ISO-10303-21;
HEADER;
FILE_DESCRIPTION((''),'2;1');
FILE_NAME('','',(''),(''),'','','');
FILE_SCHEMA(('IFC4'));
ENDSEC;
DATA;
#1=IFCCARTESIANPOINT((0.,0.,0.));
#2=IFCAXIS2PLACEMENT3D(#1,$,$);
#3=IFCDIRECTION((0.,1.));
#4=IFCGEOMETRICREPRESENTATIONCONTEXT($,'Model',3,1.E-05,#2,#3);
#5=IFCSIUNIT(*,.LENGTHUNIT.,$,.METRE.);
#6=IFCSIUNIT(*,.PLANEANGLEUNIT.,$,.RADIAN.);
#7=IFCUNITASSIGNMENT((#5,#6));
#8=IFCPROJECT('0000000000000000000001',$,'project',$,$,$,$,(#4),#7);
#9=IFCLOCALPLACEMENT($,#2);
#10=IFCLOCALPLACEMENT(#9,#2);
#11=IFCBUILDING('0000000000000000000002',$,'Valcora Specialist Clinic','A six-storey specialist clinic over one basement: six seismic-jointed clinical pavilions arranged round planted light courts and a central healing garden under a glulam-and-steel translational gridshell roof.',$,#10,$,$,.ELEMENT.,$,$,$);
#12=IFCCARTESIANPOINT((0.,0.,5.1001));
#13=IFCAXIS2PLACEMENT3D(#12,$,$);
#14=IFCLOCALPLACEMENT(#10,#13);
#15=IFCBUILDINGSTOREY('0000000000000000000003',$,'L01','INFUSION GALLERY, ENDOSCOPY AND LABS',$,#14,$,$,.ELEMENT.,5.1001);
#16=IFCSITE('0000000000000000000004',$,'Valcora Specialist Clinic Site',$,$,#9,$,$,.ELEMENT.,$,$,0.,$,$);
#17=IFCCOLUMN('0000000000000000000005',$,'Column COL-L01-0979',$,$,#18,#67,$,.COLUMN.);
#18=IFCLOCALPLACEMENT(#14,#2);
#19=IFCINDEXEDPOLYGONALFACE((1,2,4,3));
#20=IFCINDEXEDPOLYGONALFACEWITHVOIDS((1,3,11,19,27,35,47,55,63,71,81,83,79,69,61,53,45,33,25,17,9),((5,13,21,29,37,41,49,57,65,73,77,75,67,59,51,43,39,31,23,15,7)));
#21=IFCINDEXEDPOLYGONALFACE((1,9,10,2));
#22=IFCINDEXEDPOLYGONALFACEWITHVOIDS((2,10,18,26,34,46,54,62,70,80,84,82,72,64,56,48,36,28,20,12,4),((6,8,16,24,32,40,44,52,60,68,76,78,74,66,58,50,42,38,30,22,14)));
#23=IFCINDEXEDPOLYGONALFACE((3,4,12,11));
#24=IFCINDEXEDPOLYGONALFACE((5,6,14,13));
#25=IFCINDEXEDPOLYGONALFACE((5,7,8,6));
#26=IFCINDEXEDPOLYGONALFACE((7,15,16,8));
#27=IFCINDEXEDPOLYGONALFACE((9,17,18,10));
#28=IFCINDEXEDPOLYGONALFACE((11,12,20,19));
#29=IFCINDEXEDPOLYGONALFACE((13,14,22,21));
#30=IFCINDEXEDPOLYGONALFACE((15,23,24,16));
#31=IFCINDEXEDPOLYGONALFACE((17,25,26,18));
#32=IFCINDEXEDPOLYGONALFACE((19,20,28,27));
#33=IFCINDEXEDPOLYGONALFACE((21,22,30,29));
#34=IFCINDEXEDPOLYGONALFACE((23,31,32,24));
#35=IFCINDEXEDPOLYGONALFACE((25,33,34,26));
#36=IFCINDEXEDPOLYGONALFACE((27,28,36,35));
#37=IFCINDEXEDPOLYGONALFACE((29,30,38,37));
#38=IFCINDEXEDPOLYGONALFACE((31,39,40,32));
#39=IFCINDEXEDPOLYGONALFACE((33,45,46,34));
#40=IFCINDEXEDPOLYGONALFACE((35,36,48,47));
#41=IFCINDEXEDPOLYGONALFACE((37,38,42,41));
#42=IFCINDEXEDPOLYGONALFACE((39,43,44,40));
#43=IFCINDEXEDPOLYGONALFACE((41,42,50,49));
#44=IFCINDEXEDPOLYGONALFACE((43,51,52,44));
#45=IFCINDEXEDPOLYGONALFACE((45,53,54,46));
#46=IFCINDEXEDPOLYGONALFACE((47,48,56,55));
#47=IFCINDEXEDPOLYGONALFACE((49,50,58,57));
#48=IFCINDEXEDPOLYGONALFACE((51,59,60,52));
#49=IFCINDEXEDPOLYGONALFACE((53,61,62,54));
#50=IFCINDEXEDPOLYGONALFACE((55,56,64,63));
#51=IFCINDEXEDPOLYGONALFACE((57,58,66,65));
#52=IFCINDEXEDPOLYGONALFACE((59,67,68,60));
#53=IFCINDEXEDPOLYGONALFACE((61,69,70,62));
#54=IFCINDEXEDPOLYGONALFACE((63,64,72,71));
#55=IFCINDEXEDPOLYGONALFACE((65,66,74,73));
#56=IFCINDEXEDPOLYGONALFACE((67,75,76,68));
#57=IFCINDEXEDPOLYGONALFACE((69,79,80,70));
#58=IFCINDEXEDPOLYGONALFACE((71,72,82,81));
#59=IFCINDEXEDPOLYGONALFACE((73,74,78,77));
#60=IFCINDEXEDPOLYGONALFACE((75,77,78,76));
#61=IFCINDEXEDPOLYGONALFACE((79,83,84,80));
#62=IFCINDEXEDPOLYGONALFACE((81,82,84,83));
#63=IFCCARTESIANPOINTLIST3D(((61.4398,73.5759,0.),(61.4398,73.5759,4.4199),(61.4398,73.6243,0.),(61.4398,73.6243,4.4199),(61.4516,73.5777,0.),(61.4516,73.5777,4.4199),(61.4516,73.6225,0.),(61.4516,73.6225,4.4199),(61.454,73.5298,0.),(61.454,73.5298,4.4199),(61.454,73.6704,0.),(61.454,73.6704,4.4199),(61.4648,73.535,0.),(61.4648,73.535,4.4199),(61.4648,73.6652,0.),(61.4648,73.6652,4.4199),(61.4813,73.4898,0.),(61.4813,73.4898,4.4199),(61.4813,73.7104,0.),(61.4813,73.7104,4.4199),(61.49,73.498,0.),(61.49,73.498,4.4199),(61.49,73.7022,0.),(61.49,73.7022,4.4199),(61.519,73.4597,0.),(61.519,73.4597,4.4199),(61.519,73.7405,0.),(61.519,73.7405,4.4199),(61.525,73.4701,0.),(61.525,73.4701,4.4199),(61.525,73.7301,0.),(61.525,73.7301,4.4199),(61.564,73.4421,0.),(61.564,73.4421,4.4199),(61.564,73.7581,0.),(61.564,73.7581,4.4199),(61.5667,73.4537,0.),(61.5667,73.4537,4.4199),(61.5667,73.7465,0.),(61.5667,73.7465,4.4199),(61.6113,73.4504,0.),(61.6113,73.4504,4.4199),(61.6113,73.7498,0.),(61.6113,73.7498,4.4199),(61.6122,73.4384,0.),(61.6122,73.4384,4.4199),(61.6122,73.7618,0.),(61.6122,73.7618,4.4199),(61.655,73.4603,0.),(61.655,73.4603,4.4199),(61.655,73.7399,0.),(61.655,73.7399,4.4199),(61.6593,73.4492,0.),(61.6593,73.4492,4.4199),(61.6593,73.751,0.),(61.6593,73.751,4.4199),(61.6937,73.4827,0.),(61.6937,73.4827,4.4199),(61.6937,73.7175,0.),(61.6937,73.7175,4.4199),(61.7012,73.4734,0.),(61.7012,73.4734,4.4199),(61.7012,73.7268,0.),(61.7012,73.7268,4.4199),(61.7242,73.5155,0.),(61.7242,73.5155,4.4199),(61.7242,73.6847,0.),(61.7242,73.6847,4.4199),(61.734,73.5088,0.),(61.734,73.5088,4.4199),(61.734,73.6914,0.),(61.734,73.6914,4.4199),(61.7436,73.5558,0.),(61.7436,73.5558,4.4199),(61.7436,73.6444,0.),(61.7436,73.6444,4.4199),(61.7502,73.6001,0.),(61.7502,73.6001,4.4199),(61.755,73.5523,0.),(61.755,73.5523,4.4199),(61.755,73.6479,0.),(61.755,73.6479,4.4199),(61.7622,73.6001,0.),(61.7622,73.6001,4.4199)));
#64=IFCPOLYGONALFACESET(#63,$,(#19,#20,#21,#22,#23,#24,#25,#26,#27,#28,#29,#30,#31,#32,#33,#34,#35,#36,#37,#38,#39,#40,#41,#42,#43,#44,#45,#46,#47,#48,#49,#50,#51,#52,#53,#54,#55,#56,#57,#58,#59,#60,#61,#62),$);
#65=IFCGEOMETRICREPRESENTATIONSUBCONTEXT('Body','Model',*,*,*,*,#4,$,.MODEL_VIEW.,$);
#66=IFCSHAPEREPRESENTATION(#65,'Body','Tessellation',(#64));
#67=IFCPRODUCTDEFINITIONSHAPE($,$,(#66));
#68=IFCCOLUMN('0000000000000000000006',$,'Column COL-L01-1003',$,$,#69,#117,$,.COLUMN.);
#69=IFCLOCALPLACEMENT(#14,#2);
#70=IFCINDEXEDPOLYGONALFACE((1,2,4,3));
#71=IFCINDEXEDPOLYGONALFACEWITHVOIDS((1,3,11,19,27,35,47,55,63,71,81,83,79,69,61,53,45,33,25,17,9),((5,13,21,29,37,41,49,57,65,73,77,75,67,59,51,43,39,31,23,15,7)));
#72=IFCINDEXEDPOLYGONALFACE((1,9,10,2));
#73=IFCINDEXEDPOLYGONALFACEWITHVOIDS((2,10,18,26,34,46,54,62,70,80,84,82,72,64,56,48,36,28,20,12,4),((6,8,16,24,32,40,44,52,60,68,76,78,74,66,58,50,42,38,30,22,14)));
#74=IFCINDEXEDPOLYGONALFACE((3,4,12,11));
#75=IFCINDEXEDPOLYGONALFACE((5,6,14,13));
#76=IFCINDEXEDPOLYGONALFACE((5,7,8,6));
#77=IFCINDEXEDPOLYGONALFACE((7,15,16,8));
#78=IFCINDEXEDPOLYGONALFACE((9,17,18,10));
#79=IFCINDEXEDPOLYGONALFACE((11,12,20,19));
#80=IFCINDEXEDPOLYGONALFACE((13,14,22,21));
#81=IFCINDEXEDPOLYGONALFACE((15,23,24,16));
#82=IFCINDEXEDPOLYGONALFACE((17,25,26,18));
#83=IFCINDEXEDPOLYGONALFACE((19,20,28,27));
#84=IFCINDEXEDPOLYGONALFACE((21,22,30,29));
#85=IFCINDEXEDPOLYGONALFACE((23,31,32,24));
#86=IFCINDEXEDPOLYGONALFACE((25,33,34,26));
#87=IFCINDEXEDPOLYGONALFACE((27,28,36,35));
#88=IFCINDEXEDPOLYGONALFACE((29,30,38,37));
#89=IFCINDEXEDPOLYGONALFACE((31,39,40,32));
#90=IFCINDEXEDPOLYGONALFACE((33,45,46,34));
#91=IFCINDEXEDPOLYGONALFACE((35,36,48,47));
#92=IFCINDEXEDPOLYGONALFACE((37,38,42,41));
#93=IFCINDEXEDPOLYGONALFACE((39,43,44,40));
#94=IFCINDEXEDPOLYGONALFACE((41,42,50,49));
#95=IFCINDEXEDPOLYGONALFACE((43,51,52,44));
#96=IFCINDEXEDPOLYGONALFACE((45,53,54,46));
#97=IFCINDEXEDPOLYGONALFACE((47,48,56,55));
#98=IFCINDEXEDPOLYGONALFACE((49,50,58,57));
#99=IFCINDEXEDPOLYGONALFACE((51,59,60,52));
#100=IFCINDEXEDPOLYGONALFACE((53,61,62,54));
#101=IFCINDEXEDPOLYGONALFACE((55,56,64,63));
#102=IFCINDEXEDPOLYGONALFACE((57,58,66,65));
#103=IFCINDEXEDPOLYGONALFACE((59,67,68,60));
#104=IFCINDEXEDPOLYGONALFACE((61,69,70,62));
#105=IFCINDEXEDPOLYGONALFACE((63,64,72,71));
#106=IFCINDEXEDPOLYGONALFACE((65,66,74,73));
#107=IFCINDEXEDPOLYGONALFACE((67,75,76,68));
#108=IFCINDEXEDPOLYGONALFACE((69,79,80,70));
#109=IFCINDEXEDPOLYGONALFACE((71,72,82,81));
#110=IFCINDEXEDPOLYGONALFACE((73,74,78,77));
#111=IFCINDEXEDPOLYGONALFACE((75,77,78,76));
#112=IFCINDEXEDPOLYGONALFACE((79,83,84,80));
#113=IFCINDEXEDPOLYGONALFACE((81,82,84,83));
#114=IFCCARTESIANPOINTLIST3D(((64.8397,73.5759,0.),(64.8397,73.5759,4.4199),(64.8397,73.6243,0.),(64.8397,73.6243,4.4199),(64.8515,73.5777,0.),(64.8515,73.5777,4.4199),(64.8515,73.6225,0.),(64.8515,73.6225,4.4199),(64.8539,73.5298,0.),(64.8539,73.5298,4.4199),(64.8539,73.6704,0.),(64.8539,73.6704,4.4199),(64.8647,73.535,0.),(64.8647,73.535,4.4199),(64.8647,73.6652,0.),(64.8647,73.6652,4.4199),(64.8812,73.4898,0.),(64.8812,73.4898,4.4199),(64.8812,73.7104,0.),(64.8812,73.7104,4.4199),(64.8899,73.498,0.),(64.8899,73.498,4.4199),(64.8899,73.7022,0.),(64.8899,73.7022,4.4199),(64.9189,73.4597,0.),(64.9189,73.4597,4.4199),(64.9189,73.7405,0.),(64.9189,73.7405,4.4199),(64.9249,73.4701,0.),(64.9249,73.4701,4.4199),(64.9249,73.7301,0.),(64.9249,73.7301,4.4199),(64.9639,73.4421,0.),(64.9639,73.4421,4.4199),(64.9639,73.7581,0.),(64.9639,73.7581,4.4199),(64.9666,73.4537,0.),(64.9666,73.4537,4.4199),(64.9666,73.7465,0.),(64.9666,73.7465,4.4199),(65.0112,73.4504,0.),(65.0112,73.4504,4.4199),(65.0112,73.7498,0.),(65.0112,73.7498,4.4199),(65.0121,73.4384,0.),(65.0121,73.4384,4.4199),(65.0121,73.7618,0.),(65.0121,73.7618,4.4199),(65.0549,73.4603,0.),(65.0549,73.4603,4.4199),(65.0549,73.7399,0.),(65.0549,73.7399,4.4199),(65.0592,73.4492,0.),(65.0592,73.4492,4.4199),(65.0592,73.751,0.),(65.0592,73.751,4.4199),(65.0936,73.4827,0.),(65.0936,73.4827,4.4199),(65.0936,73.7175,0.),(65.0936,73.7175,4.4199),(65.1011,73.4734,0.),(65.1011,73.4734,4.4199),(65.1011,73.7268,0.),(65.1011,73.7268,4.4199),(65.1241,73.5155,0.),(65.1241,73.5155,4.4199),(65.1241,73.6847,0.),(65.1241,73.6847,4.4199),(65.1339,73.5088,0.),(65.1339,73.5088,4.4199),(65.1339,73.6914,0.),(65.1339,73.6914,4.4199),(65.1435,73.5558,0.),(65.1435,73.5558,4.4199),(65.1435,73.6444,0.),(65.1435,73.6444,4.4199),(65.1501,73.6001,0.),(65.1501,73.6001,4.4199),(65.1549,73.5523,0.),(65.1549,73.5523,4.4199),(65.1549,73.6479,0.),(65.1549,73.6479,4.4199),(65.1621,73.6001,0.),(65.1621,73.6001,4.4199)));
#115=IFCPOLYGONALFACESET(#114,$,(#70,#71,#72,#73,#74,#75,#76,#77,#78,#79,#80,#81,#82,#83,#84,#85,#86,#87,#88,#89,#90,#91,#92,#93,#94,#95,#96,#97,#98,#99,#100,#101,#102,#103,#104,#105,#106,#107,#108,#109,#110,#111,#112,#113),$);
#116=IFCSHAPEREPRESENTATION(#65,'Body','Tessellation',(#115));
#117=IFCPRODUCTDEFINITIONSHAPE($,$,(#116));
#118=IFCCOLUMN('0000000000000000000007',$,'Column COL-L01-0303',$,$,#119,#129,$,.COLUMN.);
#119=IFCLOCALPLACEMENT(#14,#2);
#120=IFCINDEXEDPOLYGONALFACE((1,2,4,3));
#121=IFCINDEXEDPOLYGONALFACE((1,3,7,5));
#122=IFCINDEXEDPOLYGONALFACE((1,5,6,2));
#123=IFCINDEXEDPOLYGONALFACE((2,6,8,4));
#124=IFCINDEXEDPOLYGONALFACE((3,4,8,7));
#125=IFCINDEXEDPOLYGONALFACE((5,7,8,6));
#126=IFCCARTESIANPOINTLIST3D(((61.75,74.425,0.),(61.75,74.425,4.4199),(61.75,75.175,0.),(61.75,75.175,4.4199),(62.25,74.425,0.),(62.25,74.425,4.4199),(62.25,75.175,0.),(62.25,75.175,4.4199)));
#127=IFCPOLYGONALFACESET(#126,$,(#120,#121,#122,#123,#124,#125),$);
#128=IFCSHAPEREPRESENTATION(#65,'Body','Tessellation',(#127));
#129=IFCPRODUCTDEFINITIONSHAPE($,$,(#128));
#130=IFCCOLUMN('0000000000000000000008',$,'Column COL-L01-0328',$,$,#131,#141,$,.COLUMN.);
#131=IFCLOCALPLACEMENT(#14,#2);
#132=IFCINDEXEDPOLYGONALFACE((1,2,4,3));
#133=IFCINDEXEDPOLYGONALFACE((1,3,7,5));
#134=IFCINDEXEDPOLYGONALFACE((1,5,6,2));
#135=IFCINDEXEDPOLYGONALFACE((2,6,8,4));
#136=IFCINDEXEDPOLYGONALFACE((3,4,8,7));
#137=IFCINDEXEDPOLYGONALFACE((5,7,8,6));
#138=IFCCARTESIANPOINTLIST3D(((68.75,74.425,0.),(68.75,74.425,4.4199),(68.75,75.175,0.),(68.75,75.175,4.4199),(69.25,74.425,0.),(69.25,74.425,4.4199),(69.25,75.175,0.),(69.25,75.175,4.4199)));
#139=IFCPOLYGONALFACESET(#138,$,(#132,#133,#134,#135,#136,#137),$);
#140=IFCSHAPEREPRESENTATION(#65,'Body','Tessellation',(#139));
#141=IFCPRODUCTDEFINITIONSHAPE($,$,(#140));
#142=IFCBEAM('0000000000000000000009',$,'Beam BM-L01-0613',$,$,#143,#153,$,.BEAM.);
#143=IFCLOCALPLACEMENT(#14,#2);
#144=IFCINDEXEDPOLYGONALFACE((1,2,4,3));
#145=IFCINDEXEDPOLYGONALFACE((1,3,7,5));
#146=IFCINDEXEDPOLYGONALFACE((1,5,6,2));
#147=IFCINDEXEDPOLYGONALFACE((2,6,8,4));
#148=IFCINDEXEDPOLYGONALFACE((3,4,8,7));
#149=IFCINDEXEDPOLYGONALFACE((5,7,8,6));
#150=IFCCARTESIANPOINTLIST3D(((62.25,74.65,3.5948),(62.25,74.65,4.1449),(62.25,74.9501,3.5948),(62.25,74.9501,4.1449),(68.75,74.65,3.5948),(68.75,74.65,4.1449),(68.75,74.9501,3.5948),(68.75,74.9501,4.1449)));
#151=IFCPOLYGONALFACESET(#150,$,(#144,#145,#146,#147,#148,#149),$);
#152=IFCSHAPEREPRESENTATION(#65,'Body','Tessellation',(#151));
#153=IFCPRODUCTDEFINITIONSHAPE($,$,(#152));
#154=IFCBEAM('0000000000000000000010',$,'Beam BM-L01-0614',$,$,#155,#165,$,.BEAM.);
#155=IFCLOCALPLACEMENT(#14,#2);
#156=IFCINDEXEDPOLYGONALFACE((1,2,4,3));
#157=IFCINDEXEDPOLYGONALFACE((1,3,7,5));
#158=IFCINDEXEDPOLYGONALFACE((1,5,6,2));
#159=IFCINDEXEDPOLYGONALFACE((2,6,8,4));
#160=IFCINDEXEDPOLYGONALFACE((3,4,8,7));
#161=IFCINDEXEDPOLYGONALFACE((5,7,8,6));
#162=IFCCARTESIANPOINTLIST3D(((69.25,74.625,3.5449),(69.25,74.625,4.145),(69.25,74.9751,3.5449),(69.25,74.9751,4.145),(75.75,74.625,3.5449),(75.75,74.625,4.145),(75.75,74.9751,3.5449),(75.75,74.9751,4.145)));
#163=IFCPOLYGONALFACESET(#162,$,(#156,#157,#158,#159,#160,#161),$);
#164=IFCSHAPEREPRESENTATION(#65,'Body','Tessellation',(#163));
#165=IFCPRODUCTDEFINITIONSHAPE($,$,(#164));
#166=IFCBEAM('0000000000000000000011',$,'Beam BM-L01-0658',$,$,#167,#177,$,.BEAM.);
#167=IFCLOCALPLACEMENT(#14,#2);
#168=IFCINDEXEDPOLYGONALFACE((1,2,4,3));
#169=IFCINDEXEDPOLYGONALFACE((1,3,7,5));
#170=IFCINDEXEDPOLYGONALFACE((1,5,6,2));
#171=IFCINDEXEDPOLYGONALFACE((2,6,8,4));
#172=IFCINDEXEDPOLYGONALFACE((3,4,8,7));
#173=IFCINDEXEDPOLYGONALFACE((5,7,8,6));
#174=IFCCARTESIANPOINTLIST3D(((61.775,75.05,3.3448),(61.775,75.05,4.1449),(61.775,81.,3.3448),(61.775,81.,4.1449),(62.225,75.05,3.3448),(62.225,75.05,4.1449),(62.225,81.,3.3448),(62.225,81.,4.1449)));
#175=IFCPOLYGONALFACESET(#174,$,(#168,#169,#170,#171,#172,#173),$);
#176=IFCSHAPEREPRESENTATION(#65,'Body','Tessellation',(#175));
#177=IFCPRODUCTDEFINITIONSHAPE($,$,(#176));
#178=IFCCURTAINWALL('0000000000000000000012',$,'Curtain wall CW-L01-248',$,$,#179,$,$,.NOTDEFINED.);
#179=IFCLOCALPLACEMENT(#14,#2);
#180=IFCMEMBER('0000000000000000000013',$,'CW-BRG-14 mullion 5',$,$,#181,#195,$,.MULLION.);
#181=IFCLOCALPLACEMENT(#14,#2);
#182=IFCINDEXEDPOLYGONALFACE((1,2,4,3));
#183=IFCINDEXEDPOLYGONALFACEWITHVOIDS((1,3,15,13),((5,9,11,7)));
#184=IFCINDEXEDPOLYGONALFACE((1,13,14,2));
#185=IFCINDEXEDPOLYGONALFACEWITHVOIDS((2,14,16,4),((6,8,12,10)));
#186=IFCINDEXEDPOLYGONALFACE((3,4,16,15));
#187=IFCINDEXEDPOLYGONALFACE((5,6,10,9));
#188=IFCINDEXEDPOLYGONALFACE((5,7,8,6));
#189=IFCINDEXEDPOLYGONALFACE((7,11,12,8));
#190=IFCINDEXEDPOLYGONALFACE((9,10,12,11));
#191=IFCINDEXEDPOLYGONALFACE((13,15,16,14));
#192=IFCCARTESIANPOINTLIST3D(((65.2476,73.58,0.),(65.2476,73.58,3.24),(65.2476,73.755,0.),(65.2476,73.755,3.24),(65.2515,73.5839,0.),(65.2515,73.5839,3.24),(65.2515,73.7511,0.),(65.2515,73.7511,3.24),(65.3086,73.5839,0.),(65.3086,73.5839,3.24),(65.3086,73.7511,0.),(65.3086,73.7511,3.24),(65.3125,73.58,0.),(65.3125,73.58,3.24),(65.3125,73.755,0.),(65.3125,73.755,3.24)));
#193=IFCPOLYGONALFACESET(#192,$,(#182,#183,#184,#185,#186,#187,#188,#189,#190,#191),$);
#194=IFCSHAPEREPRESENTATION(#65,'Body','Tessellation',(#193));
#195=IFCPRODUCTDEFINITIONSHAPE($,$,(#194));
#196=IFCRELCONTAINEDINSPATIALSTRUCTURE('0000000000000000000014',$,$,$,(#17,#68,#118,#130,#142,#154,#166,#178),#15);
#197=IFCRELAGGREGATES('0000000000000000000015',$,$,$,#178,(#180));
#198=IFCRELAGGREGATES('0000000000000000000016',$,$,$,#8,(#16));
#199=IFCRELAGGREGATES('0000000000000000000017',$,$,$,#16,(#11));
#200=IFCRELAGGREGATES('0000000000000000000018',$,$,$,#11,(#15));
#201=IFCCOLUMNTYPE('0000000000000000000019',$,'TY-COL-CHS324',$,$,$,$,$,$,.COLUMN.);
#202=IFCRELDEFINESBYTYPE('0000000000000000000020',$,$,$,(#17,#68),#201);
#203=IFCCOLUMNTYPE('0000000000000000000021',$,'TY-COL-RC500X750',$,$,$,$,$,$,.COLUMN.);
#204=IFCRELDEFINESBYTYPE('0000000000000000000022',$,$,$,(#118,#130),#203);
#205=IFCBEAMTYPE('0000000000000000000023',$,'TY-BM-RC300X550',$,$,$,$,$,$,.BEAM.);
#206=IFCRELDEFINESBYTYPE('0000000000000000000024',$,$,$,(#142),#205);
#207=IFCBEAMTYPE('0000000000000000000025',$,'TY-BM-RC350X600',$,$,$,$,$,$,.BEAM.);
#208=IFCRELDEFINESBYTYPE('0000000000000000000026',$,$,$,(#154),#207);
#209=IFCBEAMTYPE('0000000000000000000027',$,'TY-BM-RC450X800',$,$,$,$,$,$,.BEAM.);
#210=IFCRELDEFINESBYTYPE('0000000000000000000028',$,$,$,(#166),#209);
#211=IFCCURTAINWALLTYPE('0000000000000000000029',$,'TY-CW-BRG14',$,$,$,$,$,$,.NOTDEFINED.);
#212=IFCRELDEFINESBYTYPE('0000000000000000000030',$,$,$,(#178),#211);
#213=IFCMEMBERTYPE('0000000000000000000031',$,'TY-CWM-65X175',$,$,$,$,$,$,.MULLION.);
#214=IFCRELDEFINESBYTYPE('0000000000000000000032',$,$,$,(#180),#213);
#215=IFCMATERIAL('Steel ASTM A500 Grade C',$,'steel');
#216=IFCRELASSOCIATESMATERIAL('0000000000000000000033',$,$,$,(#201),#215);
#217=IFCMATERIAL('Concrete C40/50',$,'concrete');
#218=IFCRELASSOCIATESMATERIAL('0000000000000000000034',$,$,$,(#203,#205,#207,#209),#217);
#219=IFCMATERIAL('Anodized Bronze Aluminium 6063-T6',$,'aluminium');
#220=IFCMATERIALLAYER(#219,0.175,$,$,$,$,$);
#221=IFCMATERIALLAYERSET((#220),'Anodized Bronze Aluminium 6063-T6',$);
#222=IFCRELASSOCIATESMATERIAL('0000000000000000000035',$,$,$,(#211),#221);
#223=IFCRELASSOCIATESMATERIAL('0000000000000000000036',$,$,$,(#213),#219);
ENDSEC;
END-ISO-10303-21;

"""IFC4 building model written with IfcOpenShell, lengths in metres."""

from ifc_helpers import new_model, si_unit, direction, frame, origin, origin_2d, place, context, subcontext, project, spatial, rectangle, hollow_rectangle, hollow_circle, extrude, material, layer, layer_set, material_profile, profile_set, type_object, element, aggregate, save


model = new_model("IFC4")

# Units and contexts
model_context = context("Model", 3, precision=1e-05, world=origin(), true_north=direction((0.0, 1.0)))
body_context = subcontext(model_context, "Body", "Model", "MODEL_VIEW")
ifc_project = project(units=[si_unit("LENGTHUNIT", "METRE"), si_unit("PLANEANGLEUNIT", "RADIAN")], contexts=[model_context])

# Site, building, storey
site_placement = place(None, origin())
site = spatial("IfcSite", under=ifc_project, at=site_placement, Name="Valcora Specialist Clinic Site", CompositionType="ELEMENT", RefElevation=0.0)
building_placement = place(site_placement, origin())
building = spatial("IfcBuilding", under=site, at=building_placement, Name="Valcora Specialist Clinic", Description="A six-storey specialist clinic over one basement: six seismic-jointed clinical pavilions arranged round planted light courts and a central healing garden under a glulam-and-steel translational gridshell roof.", CompositionType="ELEMENT")
storey_placement = place(building_placement, frame((0.0, 0.0, 5.1001)))
storey = spatial("IfcBuildingStorey", under=building, at=storey_placement, Name="L01", Description="INFUSION GALLERY, ENDOSCOPY AND LABS", CompositionType="ELEMENT", Elevation=5.1001)

# Columns
ifc_material_1 = material(Name="Steel ASTM A500 Grade C", Category="steel")
ifc_material_profile_1 = material_profile(ifc_material_1, hollow_circle(Radius=0.1621, WallThickness=0.012, at=origin_2d()), Name="ST-CHS-324X12")
ifc_profile_set_1 = profile_set([ifc_material_profile_1], Name="Steel ASTM A500 Grade C")
column_type_1 = type_object("IfcColumnType", Name="TY-COL-CHS324", PredefinedType="COLUMN", material=ifc_profile_set_1)
for number, where, z_axis, x_axis, name in (
    (1, (61.6001, 73.6001, 0.0), (0.0, 0.0, 1.0), (1.0, 0.0, 0.0), "Column COL-L01-0979"),
    (2, (65.0, 73.6001, 0.0), (0.0, 0.0, 1.0), (1.0, 0.0, 0.0), "Column COL-L01-1003"),
):
    element("IfcColumn", number, at=place(storey_placement, frame(where, z_axis=z_axis, x_axis=x_axis)), inside=storey, type_object=column_type_1, Name=name, PredefinedType="COLUMN", context=body_context, shape_type="SweptSolid", body=[
        extrude(hollow_circle(Radius=0.1621, WallThickness=0.012, at=origin_2d()), origin(), (0.0, 0.0, 1.0), 4.4199),
    ])
ifc_material_2 = material(Name="Concrete C40/50", Category="concrete")
ifc_material_profile_2 = material_profile(ifc_material_2, rectangle(XDim=0.5, YDim=0.75, at=origin_2d()), Name="RC-COL-500X750")
ifc_profile_set_2 = profile_set([ifc_material_profile_2], Name="Concrete C40/50")
column_type_2 = type_object("IfcColumnType", Name="TY-COL-RC500X750", PredefinedType="COLUMN", material=ifc_profile_set_2)
for number, where, z_axis, x_axis, name in (
    (3, (62.0, 74.8, 0.0), (0.0, 0.0, 1.0), (1.0, 0.0, 0.0), "Column COL-L01-0303"),
    (4, (69.0, 74.8, 0.0), (0.0, 0.0, 1.0), (1.0, 0.0, 0.0), "Column COL-L01-0328"),
):
    element("IfcColumn", number, at=place(storey_placement, frame(where, z_axis=z_axis, x_axis=x_axis)), inside=storey, type_object=column_type_2, Name=name, PredefinedType="COLUMN", context=body_context, shape_type="SweptSolid", body=[
        extrude(rectangle(XDim=0.5, YDim=0.75, at=origin_2d()), origin(), (0.0, 0.0, 1.0), 4.4199),
    ])

# Beams
ifc_material_profile_3 = material_profile(ifc_material_2, rectangle(XDim=0.3, YDim=0.55, at=origin_2d()), Name="RC-BM-300X550")
ifc_profile_set_3 = profile_set([ifc_material_profile_3], Name="Concrete C40/50")
beam_type_1 = type_object("IfcBeamType", Name="TY-BM-RC300X550", PredefinedType="BEAM", material=ifc_profile_set_3)
beam_1_placement = place(storey_placement, frame((62.25, 74.8, 3.8699), z_axis=(1.0, 0.0, 0.0), x_axis=(0.0, 1.0, 0.0)))
element("IfcBeam", 5, at=beam_1_placement, inside=storey, type_object=beam_type_1, Name="Beam BM-L01-0613", PredefinedType="BEAM", context=body_context, shape_type="SweptSolid", body=[
    extrude(rectangle(XDim=0.3, YDim=0.55, at=origin_2d()), origin(), (0.0, 0.0, 1.0), 6.5),
])
ifc_material_profile_4 = material_profile(ifc_material_2, rectangle(XDim=0.3501, YDim=0.6001, at=origin_2d()), Name="RC-BM-350X600")
ifc_profile_set_4 = profile_set([ifc_material_profile_4], Name="Concrete C40/50")
beam_type_2 = type_object("IfcBeamType", Name="TY-BM-RC350X600", PredefinedType="BEAM", material=ifc_profile_set_4)
beam_2_placement = place(storey_placement, frame((69.25, 74.8, 3.845), z_axis=(1.0, 0.0, 0.0), x_axis=(0.0, 1.0, 0.0)))
element("IfcBeam", 6, at=beam_2_placement, inside=storey, type_object=beam_type_2, Name="Beam BM-L01-0614", PredefinedType="BEAM", context=body_context, shape_type="SweptSolid", body=[
    extrude(rectangle(XDim=0.3501, YDim=0.6001, at=origin_2d()), origin(), (0.0, 0.0, 1.0), 6.5),
])
ifc_material_profile_5 = material_profile(ifc_material_2, rectangle(XDim=0.45, YDim=0.8, at=origin_2d()), Name="RC-BM-450X800")
ifc_profile_set_5 = profile_set([ifc_material_profile_5], Name="Concrete C40/50")
beam_type_3 = type_object("IfcBeamType", Name="TY-BM-RC450X800", PredefinedType="BEAM", material=ifc_profile_set_5)
beam_3_placement = place(storey_placement, frame((62.0, 75.05, 3.7449), z_axis=(0.0, 1.0, 0.0), x_axis=(-1.0, 0.0, 0.0)))
element("IfcBeam", 7, at=beam_3_placement, inside=storey, type_object=beam_type_3, Name="Beam BM-L01-0658", PredefinedType="BEAM", context=body_context, shape_type="SweptSolid", body=[
    extrude(rectangle(XDim=0.45, YDim=0.8, at=origin_2d()), origin(), (0.0, 0.0, 1.0), 5.95),
])

# Curtain wall, member
ifc_material_3 = material(Name="Anodized Bronze Aluminium 6063-T6", Category="aluminium")
ifc_layer_1 = layer(ifc_material_3, 0.175)
ifc_layer_set_1 = layer_set([ifc_layer_1], Name="Anodized Bronze Aluminium 6063-T6")
curtain_wall_type = type_object("IfcCurtainWallType", Name="TY-CW-BRG14", PredefinedType="NOTDEFINED", material=ifc_layer_set_1)
curtain_wall_placement = place(storey_placement, origin())
curtain_wall = element("IfcCurtainWall", 8, at=curtain_wall_placement, inside=storey, type_object=curtain_wall_type, Name="Curtain wall CW-L01-248", PredefinedType="NOTDEFINED")
ifc_material_profile_6 = material_profile(ifc_material_3, hollow_rectangle(XDim=0.0649, YDim=0.175, WallThickness=0.0039, at=origin_2d()), Name="AL-MUL-65X175")
ifc_profile_set_6 = profile_set([ifc_material_profile_6], Name="Anodized Bronze Aluminium 6063-T6")
member_type_1 = type_object("IfcMemberType", Name="TY-CWM-65X175", PredefinedType="MULLION", material=ifc_profile_set_6)
member_1_placement = place(storey_placement, frame((65.28, 73.6675, 0.0), z_axis=(0.0, 0.0, 1.0), x_axis=(-1.0, 0.0, 0.0)))
member_1 = element("IfcMember", 9, at=member_1_placement, type_object=member_type_1, Name="CW-BRG-14 mullion 5", PredefinedType="MULLION", context=body_context, shape_type="SweptSolid", body=[
    extrude(hollow_rectangle(XDim=0.0649, YDim=0.175, WallThickness=0.0039, at=origin_2d()), origin(), (0.0, 0.0, 1.0), 3.24),
])
aggregate(curtain_wall, [member_1])

save(model, "model.ifc")
